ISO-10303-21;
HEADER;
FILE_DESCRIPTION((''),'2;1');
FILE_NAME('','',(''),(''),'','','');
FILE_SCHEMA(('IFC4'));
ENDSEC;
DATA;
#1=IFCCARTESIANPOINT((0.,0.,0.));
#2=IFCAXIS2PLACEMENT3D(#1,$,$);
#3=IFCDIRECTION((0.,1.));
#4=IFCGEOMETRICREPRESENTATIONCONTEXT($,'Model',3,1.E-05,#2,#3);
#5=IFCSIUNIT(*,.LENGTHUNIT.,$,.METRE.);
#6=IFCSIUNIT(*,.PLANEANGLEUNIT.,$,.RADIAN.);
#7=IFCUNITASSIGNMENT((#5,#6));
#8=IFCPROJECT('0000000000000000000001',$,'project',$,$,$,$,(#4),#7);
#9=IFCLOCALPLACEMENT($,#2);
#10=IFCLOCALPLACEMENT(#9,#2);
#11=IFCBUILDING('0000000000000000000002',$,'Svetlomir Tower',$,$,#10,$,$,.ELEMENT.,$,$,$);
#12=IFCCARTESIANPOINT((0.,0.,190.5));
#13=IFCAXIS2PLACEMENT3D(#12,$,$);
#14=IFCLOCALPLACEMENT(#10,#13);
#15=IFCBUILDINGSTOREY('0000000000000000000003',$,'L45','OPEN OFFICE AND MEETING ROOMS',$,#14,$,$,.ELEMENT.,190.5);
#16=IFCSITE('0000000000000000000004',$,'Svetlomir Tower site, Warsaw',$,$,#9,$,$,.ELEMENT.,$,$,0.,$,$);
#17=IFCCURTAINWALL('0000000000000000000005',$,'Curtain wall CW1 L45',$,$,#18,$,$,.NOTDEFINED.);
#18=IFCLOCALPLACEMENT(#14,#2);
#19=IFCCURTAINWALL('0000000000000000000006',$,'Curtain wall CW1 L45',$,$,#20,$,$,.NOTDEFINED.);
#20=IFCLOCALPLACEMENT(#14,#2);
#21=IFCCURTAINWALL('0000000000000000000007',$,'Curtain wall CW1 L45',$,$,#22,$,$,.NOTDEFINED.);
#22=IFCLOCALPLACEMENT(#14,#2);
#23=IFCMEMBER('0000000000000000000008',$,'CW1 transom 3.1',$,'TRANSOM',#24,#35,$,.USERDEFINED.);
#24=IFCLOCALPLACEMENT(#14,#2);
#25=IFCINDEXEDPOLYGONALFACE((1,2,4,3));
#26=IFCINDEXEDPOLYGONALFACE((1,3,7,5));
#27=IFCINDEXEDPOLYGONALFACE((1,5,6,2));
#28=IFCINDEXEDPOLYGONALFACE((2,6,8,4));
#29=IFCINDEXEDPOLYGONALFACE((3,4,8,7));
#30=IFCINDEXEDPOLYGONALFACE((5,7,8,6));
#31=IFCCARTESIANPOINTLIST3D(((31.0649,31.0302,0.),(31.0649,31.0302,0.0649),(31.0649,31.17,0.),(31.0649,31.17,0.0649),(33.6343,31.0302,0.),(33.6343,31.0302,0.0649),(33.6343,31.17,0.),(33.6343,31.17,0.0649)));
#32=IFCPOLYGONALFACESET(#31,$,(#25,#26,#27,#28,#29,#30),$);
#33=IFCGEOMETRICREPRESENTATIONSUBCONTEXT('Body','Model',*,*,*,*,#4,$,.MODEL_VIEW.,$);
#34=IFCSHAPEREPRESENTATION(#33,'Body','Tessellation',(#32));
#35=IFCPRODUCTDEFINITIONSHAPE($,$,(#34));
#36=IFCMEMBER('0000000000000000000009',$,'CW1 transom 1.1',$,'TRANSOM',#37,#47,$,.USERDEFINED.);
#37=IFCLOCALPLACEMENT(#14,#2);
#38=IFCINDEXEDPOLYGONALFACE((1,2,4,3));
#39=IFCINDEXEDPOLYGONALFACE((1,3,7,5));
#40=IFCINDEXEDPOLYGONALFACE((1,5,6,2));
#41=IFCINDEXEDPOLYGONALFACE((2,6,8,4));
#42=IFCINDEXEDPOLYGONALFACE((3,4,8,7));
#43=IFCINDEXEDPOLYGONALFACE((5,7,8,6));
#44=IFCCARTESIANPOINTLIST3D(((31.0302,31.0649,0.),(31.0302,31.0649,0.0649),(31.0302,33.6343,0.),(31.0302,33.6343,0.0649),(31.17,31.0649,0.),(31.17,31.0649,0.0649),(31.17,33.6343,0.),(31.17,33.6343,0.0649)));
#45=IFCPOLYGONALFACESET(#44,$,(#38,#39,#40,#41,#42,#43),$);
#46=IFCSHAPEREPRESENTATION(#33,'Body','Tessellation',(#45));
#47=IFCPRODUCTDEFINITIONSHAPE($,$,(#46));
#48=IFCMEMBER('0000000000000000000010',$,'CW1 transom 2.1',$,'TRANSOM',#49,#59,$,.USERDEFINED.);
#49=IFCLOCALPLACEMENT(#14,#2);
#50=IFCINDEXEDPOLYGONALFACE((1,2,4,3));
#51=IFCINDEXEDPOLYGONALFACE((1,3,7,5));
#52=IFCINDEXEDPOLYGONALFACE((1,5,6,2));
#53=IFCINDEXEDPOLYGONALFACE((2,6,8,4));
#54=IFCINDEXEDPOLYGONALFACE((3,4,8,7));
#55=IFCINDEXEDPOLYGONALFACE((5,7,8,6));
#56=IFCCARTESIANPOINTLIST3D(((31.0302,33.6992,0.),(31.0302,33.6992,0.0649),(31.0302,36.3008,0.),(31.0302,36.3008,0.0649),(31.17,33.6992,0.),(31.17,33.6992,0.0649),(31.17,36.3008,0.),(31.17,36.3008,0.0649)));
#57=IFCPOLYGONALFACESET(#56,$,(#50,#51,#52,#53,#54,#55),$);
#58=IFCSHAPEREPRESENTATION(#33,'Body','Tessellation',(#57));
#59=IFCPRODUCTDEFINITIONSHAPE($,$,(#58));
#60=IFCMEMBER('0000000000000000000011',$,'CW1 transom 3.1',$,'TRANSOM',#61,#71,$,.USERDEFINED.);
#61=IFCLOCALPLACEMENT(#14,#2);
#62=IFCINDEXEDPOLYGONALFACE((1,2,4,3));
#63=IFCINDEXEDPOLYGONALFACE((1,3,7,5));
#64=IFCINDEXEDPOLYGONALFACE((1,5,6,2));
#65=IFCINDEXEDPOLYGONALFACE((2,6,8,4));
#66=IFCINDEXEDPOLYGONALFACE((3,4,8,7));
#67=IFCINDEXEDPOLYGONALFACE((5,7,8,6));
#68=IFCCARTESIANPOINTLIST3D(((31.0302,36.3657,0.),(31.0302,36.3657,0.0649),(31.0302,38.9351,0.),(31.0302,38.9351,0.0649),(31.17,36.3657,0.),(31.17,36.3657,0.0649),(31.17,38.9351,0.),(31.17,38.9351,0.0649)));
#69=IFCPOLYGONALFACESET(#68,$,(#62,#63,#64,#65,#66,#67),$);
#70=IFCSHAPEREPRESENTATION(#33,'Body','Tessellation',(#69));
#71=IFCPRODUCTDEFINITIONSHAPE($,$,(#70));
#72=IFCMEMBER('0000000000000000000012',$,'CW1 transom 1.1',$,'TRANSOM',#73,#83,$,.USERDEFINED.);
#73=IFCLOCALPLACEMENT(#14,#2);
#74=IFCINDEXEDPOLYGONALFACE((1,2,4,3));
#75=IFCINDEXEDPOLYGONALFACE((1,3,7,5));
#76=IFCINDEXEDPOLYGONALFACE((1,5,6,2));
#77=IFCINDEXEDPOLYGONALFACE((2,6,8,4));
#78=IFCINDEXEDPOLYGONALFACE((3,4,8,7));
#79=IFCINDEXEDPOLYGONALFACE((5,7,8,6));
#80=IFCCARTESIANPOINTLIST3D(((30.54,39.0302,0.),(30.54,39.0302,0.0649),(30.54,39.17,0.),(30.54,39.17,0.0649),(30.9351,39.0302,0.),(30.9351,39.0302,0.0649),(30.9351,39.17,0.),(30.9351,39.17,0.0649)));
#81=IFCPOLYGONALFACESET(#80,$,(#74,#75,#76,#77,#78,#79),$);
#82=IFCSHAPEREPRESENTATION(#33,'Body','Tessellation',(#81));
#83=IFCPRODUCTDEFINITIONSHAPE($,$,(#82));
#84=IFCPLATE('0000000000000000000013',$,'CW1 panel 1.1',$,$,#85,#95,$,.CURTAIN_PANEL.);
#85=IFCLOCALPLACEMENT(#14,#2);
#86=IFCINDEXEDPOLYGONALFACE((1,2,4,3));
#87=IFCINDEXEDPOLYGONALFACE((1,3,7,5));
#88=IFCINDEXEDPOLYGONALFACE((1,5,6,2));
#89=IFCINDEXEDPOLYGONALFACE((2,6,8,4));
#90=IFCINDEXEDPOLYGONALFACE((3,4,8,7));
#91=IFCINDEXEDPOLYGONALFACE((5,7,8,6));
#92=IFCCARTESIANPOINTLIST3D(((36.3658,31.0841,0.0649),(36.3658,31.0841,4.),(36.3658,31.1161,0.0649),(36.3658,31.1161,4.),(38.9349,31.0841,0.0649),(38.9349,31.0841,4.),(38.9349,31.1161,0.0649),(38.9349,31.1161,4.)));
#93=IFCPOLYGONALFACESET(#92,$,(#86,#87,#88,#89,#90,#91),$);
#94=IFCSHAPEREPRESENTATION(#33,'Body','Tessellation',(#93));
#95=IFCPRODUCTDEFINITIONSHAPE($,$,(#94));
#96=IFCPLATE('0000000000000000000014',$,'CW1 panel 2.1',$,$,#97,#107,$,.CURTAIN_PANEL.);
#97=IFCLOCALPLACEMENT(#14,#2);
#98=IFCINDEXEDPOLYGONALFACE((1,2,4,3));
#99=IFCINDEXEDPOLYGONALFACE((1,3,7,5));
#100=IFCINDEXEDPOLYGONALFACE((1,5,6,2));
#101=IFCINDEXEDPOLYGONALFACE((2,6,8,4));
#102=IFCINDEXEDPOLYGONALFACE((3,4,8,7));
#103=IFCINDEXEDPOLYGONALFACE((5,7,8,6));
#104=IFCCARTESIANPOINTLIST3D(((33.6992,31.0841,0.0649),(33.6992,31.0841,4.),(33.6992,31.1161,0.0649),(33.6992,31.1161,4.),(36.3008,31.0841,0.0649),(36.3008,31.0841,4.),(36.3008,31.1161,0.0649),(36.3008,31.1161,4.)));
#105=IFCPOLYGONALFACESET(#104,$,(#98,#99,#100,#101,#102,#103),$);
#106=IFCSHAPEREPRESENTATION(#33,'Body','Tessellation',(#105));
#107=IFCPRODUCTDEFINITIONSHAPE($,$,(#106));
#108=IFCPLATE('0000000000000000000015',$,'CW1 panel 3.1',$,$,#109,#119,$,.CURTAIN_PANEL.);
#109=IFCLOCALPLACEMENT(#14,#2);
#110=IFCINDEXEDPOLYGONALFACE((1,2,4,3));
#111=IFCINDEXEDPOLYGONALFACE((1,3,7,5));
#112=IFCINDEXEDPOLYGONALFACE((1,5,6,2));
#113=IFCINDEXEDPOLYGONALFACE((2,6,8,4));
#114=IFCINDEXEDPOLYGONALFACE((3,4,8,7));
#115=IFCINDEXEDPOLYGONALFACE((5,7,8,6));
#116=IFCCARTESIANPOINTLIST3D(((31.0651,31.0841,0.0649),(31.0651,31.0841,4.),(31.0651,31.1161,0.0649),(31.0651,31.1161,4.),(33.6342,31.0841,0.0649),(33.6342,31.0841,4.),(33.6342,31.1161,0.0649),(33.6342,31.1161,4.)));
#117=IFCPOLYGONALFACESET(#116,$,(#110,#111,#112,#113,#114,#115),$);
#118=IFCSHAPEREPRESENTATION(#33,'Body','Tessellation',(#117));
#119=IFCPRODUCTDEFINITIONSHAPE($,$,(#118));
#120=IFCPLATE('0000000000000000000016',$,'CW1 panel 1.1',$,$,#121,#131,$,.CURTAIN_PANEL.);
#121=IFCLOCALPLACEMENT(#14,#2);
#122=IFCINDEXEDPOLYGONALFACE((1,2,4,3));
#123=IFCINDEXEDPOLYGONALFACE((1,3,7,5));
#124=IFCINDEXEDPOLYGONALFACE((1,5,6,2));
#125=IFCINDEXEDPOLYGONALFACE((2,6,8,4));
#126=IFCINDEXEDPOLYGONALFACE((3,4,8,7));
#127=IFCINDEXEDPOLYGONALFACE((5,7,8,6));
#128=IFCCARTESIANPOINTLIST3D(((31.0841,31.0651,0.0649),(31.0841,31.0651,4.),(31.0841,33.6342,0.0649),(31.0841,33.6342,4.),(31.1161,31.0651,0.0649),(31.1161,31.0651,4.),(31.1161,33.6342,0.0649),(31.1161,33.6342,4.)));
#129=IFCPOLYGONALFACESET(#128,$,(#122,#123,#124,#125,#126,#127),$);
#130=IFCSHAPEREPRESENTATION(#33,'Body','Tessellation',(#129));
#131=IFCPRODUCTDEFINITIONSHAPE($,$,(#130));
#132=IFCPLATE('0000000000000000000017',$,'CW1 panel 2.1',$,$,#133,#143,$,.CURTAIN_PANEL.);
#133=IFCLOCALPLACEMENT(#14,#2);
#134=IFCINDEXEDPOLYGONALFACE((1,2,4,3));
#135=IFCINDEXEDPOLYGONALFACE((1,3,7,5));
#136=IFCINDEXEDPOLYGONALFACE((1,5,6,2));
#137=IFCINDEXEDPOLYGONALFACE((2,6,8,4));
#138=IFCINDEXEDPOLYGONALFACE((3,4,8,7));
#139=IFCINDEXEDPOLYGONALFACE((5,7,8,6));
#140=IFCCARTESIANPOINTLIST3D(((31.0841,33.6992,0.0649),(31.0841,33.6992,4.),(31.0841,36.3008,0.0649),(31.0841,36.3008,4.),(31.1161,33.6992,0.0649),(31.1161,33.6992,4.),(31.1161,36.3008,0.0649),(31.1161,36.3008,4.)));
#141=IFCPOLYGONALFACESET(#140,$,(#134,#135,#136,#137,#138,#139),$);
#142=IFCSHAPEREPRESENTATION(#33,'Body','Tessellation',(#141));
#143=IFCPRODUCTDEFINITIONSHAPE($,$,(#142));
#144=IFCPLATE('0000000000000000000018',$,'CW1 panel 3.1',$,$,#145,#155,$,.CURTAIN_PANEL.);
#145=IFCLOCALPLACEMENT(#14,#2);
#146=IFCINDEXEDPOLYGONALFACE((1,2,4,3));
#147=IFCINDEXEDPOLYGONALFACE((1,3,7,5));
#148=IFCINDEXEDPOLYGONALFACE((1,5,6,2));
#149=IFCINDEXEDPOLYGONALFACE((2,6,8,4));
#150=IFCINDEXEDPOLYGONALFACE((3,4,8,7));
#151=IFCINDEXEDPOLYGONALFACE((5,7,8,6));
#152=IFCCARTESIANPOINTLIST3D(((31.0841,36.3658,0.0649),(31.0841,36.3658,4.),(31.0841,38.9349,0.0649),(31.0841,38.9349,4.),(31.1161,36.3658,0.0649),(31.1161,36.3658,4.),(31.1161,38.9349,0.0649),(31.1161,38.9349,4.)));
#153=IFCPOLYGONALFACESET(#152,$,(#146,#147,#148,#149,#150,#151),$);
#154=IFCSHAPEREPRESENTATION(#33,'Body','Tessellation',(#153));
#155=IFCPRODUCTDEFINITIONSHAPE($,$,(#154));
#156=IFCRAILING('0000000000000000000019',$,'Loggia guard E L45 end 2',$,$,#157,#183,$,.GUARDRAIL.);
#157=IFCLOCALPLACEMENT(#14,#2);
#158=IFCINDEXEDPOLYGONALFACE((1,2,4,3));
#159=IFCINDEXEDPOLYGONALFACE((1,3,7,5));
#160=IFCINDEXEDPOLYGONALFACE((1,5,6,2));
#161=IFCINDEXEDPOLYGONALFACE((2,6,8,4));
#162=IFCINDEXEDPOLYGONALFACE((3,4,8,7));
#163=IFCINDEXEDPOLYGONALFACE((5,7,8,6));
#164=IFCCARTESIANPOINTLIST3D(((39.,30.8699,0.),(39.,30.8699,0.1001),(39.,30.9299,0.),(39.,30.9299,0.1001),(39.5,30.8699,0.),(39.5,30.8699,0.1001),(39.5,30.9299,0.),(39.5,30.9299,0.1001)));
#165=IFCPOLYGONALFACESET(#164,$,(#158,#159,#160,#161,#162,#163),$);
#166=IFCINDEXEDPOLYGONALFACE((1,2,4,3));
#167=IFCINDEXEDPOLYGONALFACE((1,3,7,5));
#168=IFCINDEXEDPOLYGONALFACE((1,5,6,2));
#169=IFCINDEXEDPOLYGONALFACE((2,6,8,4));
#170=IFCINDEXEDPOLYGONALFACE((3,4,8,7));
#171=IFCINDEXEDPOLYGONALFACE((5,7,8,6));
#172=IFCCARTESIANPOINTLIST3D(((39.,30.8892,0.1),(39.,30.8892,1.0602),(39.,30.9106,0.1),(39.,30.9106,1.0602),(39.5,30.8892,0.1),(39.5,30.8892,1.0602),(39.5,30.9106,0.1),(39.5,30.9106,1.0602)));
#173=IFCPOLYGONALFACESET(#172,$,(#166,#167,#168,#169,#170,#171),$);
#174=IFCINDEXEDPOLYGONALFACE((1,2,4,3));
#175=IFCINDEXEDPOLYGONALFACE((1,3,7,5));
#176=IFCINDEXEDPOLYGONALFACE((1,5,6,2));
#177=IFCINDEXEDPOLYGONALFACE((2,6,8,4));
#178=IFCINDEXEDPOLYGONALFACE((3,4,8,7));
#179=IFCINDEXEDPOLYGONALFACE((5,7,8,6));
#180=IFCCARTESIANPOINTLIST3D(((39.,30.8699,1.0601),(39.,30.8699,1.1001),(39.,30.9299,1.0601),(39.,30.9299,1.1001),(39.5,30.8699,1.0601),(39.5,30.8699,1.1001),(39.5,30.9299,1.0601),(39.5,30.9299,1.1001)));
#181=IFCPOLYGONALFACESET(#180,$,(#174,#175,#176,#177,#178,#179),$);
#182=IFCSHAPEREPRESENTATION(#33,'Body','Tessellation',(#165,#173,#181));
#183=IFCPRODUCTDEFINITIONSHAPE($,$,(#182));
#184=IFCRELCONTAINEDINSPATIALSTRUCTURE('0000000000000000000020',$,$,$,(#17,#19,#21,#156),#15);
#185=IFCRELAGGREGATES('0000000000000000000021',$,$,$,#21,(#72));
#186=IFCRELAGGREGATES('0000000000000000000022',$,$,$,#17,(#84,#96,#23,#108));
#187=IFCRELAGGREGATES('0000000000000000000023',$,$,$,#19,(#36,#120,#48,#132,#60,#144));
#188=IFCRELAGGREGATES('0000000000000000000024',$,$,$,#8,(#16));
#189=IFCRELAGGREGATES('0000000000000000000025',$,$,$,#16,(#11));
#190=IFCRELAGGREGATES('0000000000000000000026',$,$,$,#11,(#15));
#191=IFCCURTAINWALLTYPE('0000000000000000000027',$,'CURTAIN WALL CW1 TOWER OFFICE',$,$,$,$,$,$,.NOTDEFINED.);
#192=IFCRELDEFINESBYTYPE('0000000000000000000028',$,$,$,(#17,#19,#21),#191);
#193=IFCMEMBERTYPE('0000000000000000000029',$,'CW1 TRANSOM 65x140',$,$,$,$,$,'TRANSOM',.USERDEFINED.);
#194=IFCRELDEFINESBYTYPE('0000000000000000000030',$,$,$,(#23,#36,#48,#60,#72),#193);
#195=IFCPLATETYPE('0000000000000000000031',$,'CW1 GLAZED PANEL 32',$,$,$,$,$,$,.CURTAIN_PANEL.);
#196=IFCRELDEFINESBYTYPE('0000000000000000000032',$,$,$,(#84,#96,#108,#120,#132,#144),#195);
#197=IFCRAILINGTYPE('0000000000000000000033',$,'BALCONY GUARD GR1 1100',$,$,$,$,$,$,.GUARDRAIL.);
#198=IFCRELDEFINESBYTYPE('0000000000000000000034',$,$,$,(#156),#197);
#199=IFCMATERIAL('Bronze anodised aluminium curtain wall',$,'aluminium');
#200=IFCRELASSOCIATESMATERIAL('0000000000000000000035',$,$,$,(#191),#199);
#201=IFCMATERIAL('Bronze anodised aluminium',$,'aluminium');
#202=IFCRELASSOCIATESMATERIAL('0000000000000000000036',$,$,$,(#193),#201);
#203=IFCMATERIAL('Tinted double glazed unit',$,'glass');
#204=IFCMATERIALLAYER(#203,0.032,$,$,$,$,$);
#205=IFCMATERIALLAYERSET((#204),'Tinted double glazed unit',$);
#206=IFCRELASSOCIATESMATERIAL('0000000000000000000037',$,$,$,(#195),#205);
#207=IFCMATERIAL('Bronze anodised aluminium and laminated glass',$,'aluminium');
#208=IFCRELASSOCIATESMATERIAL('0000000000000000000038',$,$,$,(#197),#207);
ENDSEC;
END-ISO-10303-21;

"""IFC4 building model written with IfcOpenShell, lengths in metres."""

from ifc_helpers import new_model, si_unit, direction, frame, origin, origin_2d, place, context, subcontext, project, spatial, rectangle, extrude, material, layer, layer_set, material_profile, profile_set, type_object, element, aggregate, save


model = new_model("IFC4")

# Units and contexts
model_context = context("Model", 3, precision=1e-05, world=origin(), true_north=direction((0.0, 1.0)))
body_context = subcontext(model_context, "Body", "Model", "MODEL_VIEW")
ifc_project = project(units=[si_unit("LENGTHUNIT", "METRE"), si_unit("PLANEANGLEUNIT", "RADIAN")], contexts=[model_context])

# Site, building, storey
site_placement = place(None, origin())
site = spatial("IfcSite", under=ifc_project, at=site_placement, Name="Svetlomir Tower site, Warsaw", CompositionType="ELEMENT", RefElevation=0.0)
building_placement = place(site_placement, origin())
building = spatial("IfcBuilding", under=site, at=building_placement, Name="Svetlomir Tower", CompositionType="ELEMENT")
storey_placement = place(building_placement, frame((0.0, 0.0, 190.5)))
storey = spatial("IfcBuildingStorey", under=building, at=storey_placement, Name="L45", Description="OPEN OFFICE AND MEETING ROOMS", CompositionType="ELEMENT", Elevation=190.5)

# Curtain walls
ifc_material_1 = material(Name="Bronze anodised aluminium curtain wall", Category="aluminium")
curtain_wall_type = type_object("IfcCurtainWallType", Name="CURTAIN WALL CW1 TOWER OFFICE", PredefinedType="NOTDEFINED", material=ifc_material_1)
curtain_wall_1_placement = place(storey_placement, origin())
curtain_wall_1 = element("IfcCurtainWall", 1, at=curtain_wall_1_placement, inside=storey, type_object=curtain_wall_type, Name="Curtain wall CW1 L45", PredefinedType="NOTDEFINED")
curtain_wall_2_placement = place(storey_placement, origin())
curtain_wall_2 = element("IfcCurtainWall", 2, at=curtain_wall_2_placement, inside=storey, type_object=curtain_wall_type, Name="Curtain wall CW1 L45", PredefinedType="NOTDEFINED")

# Curtain wall
curtain_wall_3_placement = place(storey_placement, origin())
curtain_wall_3 = element("IfcCurtainWall", 3, at=curtain_wall_3_placement, inside=storey, type_object=curtain_wall_type, Name="Curtain wall CW1 L45", PredefinedType="NOTDEFINED")

# Members
ifc_material_2 = material(Name="Bronze anodised aluminium", Category="aluminium")
ifc_material_profile_1 = material_profile(ifc_material_2, rectangle(XDim=0.1399, YDim=0.0649, at=origin_2d()), Name="AL 140x65")
ifc_profile_set_1 = profile_set([ifc_material_profile_1], Name="Bronze anodised aluminium 6063-T6")
member_type_1 = type_object("IfcMemberType", Name="CW1 TRANSOM 65x140", ElementType="TRANSOM", PredefinedType="USERDEFINED", material=ifc_profile_set_1)
member_1_placement = place(storey_placement, frame((33.6343, 31.1001, 0.0325), z_axis=(-1.0, 0.0, 0.0), x_axis=(0.0, -1.0, 0.0)))
member_1 = element("IfcMember", 4, at=member_1_placement, type_object=member_type_1, Name="CW1 transom 3.1", ObjectType="TRANSOM", PredefinedType="USERDEFINED", context=body_context, shape_type="SweptSolid", body=[
    extrude(rectangle(XDim=0.1399, YDim=0.0649, at=origin_2d()), origin(), (0.0, 0.0, 1.0), 2.5693),
])
member_2_placement = place(storey_placement, frame((31.1001, 31.0649, 0.0325), z_axis=(0.0, 1.0, 0.0), x_axis=(-1.0, 0.0, 0.0)))
member_2 = element("IfcMember", 5, at=member_2_placement, type_object=member_type_1, Name="CW1 transom 1.1", ObjectType="TRANSOM", PredefinedType="USERDEFINED", context=body_context, shape_type="SweptSolid", body=[
    extrude(rectangle(XDim=0.1399, YDim=0.0649, at=origin_2d()), origin(), (0.0, 0.0, 1.0), 2.5693),
])
member_3_placement = place(storey_placement, frame((31.1001, 33.6992, 0.0325), z_axis=(0.0, 1.0, 0.0), x_axis=(-1.0, 0.0, 0.0)))
member_3 = element("IfcMember", 6, at=member_3_placement, type_object=member_type_1, Name="CW1 transom 2.1", ObjectType="TRANSOM", PredefinedType="USERDEFINED", context=body_context, shape_type="SweptSolid", body=[
    extrude(rectangle(XDim=0.1399, YDim=0.0649, at=origin_2d()), origin(), (0.0, 0.0, 1.0), 2.6016),
])
member_4_placement = place(storey_placement, frame((31.1001, 36.3657, 0.0325), z_axis=(0.0, 1.0, 0.0), x_axis=(-1.0, 0.0, 0.0)))
member_4 = element("IfcMember", 7, at=member_4_placement, type_object=member_type_1, Name="CW1 transom 3.1", ObjectType="TRANSOM", PredefinedType="USERDEFINED", context=body_context, shape_type="SweptSolid", body=[
    extrude(rectangle(XDim=0.1399, YDim=0.0649, at=origin_2d()), origin(), (0.0, 0.0, 1.0), 2.5693),
])
member_5_placement = place(storey_placement, frame((30.9351, 39.1001, 0.0325), z_axis=(-1.0, 0.0, 0.0), x_axis=(0.0, -1.0, 0.0)))
member_5 = element("IfcMember", 8, at=member_5_placement, type_object=member_type_1, Name="CW1 transom 1.1", ObjectType="TRANSOM", PredefinedType="USERDEFINED", context=body_context, shape_type="SweptSolid", body=[
    extrude(rectangle(XDim=0.1399, YDim=0.0649, at=origin_2d()), origin(), (0.0, 0.0, 1.0), 0.395),
])
aggregate(curtain_wall_3, [member_5])

# Plates
ifc_material_3 = material(Name="Tinted double glazed unit", Category="glass")
ifc_layer = layer(ifc_material_3, 0.032)
ifc_layer_set = layer_set([ifc_layer], Name="Tinted double glazed unit")
plate_type = type_object("IfcPlateType", Name="CW1 GLAZED PANEL 32", PredefinedType="CURTAIN_PANEL", material=ifc_layer_set)
plate_1_placement = place(storey_placement, frame((37.6504, 31.1001, 0.0649), z_axis=(0.0, 0.0, 1.0), x_axis=(-1.0, 0.0, 0.0)))
plate_1 = element("IfcPlate", 9, at=plate_1_placement, type_object=plate_type, Name="CW1 panel 1.1", PredefinedType="CURTAIN_PANEL", context=body_context, shape_type="SweptSolid", body=[
    extrude(rectangle(XDim=2.5691, YDim=0.032, at=origin_2d()), origin(), (0.0, 0.0, 1.0), 3.9351),
])
plate_2_placement = place(storey_placement, frame((35.0, 31.1001, 0.0649), z_axis=(0.0, 0.0, 1.0), x_axis=(-1.0, 0.0, 0.0)))
plate_2 = element("IfcPlate", 10, at=plate_2_placement, type_object=plate_type, Name="CW1 panel 2.1", PredefinedType="CURTAIN_PANEL", context=body_context, shape_type="SweptSolid", body=[
    extrude(rectangle(XDim=2.6016, YDim=0.032, at=origin_2d()), origin(), (0.0, 0.0, 1.0), 3.9351),
])
plate_3_placement = place(storey_placement, frame((32.3496, 31.1001, 0.0649), z_axis=(0.0, 0.0, 1.0), x_axis=(-1.0, 0.0, 0.0)))
plate_3 = element("IfcPlate", 11, at=plate_3_placement, type_object=plate_type, Name="CW1 panel 3.1", PredefinedType="CURTAIN_PANEL", context=body_context, shape_type="SweptSolid", body=[
    extrude(rectangle(XDim=2.5691, YDim=0.032, at=origin_2d()), origin(), (0.0, 0.0, 1.0), 3.9351),
])
aggregate(curtain_wall_1, [plate_1, plate_2, member_1, plate_3])
plate_4_placement = place(storey_placement, frame((31.1001, 32.3496, 0.0649), z_axis=(0.0, 0.0, 1.0), x_axis=(0.0, 1.0, 0.0)))
plate_4 = element("IfcPlate", 12, at=plate_4_placement, type_object=plate_type, Name="CW1 panel 1.1", PredefinedType="CURTAIN_PANEL", context=body_context, shape_type="SweptSolid", body=[
    extrude(rectangle(XDim=2.5691, YDim=0.032, at=origin_2d()), origin(), (0.0, 0.0, 1.0), 3.9351),
])
plate_5_placement = place(storey_placement, frame((31.1001, 35.0, 0.0649), z_axis=(0.0, 0.0, 1.0), x_axis=(0.0, 1.0, 0.0)))
plate_5 = element("IfcPlate", 13, at=plate_5_placement, type_object=plate_type, Name="CW1 panel 2.1", PredefinedType="CURTAIN_PANEL", context=body_context, shape_type="SweptSolid", body=[
    extrude(rectangle(XDim=2.6016, YDim=0.032, at=origin_2d()), origin(), (0.0, 0.0, 1.0), 3.9351),
])
plate_6_placement = place(storey_placement, frame((31.1001, 37.6504, 0.0649), z_axis=(0.0, 0.0, 1.0), x_axis=(0.0, 1.0, 0.0)))
plate_6 = element("IfcPlate", 14, at=plate_6_placement, type_object=plate_type, Name="CW1 panel 3.1", PredefinedType="CURTAIN_PANEL", context=body_context, shape_type="SweptSolid", body=[
    extrude(rectangle(XDim=2.5691, YDim=0.032, at=origin_2d()), origin(), (0.0, 0.0, 1.0), 3.9351),
])
aggregate(curtain_wall_2, [member_2, plate_4, member_3, plate_5, member_4, plate_6])

# Railing
ifc_material_4 = material(Name="Bronze anodised aluminium and laminated glass", Category="aluminium")
railing_type = type_object("IfcRailingType", Name="BALCONY GUARD GR1 1100", PredefinedType="GUARDRAIL", material=ifc_material_4)
railing_1_placement = place(storey_placement, frame((39.5, 30.8999, 0.0)))
element("IfcRailing", 15, at=railing_1_placement, inside=storey, type_object=railing_type, Name="Loggia guard E L45 end 2", PredefinedType="GUARDRAIL", context=body_context, shape_type="SweptSolid", body=[
    extrude(rectangle(XDim=0.0601, YDim=0.1001, at=origin_2d()), frame((0.0, 0.0, 0.05), z_axis=(-1.0, 0.0, 0.0), x_axis=(0.0, -1.0, 0.0)), (0.0, 0.0, 1.0), 0.5),
    extrude(rectangle(XDim=0.0215, YDim=0.9602, at=origin_2d()), frame((0.0, 0.0, 0.5801), z_axis=(-1.0, 0.0, 0.0), x_axis=(0.0, -1.0, 0.0)), (0.0, 0.0, 1.0), 0.5),
    extrude(rectangle(XDim=0.0601, YDim=0.04, at=origin_2d()), frame((0.0, 0.0, 1.0801), z_axis=(-1.0, 0.0, 0.0), x_axis=(0.0, -1.0, 0.0)), (0.0, 0.0, 1.0), 0.5),
])

save(model, "model.ifc")
